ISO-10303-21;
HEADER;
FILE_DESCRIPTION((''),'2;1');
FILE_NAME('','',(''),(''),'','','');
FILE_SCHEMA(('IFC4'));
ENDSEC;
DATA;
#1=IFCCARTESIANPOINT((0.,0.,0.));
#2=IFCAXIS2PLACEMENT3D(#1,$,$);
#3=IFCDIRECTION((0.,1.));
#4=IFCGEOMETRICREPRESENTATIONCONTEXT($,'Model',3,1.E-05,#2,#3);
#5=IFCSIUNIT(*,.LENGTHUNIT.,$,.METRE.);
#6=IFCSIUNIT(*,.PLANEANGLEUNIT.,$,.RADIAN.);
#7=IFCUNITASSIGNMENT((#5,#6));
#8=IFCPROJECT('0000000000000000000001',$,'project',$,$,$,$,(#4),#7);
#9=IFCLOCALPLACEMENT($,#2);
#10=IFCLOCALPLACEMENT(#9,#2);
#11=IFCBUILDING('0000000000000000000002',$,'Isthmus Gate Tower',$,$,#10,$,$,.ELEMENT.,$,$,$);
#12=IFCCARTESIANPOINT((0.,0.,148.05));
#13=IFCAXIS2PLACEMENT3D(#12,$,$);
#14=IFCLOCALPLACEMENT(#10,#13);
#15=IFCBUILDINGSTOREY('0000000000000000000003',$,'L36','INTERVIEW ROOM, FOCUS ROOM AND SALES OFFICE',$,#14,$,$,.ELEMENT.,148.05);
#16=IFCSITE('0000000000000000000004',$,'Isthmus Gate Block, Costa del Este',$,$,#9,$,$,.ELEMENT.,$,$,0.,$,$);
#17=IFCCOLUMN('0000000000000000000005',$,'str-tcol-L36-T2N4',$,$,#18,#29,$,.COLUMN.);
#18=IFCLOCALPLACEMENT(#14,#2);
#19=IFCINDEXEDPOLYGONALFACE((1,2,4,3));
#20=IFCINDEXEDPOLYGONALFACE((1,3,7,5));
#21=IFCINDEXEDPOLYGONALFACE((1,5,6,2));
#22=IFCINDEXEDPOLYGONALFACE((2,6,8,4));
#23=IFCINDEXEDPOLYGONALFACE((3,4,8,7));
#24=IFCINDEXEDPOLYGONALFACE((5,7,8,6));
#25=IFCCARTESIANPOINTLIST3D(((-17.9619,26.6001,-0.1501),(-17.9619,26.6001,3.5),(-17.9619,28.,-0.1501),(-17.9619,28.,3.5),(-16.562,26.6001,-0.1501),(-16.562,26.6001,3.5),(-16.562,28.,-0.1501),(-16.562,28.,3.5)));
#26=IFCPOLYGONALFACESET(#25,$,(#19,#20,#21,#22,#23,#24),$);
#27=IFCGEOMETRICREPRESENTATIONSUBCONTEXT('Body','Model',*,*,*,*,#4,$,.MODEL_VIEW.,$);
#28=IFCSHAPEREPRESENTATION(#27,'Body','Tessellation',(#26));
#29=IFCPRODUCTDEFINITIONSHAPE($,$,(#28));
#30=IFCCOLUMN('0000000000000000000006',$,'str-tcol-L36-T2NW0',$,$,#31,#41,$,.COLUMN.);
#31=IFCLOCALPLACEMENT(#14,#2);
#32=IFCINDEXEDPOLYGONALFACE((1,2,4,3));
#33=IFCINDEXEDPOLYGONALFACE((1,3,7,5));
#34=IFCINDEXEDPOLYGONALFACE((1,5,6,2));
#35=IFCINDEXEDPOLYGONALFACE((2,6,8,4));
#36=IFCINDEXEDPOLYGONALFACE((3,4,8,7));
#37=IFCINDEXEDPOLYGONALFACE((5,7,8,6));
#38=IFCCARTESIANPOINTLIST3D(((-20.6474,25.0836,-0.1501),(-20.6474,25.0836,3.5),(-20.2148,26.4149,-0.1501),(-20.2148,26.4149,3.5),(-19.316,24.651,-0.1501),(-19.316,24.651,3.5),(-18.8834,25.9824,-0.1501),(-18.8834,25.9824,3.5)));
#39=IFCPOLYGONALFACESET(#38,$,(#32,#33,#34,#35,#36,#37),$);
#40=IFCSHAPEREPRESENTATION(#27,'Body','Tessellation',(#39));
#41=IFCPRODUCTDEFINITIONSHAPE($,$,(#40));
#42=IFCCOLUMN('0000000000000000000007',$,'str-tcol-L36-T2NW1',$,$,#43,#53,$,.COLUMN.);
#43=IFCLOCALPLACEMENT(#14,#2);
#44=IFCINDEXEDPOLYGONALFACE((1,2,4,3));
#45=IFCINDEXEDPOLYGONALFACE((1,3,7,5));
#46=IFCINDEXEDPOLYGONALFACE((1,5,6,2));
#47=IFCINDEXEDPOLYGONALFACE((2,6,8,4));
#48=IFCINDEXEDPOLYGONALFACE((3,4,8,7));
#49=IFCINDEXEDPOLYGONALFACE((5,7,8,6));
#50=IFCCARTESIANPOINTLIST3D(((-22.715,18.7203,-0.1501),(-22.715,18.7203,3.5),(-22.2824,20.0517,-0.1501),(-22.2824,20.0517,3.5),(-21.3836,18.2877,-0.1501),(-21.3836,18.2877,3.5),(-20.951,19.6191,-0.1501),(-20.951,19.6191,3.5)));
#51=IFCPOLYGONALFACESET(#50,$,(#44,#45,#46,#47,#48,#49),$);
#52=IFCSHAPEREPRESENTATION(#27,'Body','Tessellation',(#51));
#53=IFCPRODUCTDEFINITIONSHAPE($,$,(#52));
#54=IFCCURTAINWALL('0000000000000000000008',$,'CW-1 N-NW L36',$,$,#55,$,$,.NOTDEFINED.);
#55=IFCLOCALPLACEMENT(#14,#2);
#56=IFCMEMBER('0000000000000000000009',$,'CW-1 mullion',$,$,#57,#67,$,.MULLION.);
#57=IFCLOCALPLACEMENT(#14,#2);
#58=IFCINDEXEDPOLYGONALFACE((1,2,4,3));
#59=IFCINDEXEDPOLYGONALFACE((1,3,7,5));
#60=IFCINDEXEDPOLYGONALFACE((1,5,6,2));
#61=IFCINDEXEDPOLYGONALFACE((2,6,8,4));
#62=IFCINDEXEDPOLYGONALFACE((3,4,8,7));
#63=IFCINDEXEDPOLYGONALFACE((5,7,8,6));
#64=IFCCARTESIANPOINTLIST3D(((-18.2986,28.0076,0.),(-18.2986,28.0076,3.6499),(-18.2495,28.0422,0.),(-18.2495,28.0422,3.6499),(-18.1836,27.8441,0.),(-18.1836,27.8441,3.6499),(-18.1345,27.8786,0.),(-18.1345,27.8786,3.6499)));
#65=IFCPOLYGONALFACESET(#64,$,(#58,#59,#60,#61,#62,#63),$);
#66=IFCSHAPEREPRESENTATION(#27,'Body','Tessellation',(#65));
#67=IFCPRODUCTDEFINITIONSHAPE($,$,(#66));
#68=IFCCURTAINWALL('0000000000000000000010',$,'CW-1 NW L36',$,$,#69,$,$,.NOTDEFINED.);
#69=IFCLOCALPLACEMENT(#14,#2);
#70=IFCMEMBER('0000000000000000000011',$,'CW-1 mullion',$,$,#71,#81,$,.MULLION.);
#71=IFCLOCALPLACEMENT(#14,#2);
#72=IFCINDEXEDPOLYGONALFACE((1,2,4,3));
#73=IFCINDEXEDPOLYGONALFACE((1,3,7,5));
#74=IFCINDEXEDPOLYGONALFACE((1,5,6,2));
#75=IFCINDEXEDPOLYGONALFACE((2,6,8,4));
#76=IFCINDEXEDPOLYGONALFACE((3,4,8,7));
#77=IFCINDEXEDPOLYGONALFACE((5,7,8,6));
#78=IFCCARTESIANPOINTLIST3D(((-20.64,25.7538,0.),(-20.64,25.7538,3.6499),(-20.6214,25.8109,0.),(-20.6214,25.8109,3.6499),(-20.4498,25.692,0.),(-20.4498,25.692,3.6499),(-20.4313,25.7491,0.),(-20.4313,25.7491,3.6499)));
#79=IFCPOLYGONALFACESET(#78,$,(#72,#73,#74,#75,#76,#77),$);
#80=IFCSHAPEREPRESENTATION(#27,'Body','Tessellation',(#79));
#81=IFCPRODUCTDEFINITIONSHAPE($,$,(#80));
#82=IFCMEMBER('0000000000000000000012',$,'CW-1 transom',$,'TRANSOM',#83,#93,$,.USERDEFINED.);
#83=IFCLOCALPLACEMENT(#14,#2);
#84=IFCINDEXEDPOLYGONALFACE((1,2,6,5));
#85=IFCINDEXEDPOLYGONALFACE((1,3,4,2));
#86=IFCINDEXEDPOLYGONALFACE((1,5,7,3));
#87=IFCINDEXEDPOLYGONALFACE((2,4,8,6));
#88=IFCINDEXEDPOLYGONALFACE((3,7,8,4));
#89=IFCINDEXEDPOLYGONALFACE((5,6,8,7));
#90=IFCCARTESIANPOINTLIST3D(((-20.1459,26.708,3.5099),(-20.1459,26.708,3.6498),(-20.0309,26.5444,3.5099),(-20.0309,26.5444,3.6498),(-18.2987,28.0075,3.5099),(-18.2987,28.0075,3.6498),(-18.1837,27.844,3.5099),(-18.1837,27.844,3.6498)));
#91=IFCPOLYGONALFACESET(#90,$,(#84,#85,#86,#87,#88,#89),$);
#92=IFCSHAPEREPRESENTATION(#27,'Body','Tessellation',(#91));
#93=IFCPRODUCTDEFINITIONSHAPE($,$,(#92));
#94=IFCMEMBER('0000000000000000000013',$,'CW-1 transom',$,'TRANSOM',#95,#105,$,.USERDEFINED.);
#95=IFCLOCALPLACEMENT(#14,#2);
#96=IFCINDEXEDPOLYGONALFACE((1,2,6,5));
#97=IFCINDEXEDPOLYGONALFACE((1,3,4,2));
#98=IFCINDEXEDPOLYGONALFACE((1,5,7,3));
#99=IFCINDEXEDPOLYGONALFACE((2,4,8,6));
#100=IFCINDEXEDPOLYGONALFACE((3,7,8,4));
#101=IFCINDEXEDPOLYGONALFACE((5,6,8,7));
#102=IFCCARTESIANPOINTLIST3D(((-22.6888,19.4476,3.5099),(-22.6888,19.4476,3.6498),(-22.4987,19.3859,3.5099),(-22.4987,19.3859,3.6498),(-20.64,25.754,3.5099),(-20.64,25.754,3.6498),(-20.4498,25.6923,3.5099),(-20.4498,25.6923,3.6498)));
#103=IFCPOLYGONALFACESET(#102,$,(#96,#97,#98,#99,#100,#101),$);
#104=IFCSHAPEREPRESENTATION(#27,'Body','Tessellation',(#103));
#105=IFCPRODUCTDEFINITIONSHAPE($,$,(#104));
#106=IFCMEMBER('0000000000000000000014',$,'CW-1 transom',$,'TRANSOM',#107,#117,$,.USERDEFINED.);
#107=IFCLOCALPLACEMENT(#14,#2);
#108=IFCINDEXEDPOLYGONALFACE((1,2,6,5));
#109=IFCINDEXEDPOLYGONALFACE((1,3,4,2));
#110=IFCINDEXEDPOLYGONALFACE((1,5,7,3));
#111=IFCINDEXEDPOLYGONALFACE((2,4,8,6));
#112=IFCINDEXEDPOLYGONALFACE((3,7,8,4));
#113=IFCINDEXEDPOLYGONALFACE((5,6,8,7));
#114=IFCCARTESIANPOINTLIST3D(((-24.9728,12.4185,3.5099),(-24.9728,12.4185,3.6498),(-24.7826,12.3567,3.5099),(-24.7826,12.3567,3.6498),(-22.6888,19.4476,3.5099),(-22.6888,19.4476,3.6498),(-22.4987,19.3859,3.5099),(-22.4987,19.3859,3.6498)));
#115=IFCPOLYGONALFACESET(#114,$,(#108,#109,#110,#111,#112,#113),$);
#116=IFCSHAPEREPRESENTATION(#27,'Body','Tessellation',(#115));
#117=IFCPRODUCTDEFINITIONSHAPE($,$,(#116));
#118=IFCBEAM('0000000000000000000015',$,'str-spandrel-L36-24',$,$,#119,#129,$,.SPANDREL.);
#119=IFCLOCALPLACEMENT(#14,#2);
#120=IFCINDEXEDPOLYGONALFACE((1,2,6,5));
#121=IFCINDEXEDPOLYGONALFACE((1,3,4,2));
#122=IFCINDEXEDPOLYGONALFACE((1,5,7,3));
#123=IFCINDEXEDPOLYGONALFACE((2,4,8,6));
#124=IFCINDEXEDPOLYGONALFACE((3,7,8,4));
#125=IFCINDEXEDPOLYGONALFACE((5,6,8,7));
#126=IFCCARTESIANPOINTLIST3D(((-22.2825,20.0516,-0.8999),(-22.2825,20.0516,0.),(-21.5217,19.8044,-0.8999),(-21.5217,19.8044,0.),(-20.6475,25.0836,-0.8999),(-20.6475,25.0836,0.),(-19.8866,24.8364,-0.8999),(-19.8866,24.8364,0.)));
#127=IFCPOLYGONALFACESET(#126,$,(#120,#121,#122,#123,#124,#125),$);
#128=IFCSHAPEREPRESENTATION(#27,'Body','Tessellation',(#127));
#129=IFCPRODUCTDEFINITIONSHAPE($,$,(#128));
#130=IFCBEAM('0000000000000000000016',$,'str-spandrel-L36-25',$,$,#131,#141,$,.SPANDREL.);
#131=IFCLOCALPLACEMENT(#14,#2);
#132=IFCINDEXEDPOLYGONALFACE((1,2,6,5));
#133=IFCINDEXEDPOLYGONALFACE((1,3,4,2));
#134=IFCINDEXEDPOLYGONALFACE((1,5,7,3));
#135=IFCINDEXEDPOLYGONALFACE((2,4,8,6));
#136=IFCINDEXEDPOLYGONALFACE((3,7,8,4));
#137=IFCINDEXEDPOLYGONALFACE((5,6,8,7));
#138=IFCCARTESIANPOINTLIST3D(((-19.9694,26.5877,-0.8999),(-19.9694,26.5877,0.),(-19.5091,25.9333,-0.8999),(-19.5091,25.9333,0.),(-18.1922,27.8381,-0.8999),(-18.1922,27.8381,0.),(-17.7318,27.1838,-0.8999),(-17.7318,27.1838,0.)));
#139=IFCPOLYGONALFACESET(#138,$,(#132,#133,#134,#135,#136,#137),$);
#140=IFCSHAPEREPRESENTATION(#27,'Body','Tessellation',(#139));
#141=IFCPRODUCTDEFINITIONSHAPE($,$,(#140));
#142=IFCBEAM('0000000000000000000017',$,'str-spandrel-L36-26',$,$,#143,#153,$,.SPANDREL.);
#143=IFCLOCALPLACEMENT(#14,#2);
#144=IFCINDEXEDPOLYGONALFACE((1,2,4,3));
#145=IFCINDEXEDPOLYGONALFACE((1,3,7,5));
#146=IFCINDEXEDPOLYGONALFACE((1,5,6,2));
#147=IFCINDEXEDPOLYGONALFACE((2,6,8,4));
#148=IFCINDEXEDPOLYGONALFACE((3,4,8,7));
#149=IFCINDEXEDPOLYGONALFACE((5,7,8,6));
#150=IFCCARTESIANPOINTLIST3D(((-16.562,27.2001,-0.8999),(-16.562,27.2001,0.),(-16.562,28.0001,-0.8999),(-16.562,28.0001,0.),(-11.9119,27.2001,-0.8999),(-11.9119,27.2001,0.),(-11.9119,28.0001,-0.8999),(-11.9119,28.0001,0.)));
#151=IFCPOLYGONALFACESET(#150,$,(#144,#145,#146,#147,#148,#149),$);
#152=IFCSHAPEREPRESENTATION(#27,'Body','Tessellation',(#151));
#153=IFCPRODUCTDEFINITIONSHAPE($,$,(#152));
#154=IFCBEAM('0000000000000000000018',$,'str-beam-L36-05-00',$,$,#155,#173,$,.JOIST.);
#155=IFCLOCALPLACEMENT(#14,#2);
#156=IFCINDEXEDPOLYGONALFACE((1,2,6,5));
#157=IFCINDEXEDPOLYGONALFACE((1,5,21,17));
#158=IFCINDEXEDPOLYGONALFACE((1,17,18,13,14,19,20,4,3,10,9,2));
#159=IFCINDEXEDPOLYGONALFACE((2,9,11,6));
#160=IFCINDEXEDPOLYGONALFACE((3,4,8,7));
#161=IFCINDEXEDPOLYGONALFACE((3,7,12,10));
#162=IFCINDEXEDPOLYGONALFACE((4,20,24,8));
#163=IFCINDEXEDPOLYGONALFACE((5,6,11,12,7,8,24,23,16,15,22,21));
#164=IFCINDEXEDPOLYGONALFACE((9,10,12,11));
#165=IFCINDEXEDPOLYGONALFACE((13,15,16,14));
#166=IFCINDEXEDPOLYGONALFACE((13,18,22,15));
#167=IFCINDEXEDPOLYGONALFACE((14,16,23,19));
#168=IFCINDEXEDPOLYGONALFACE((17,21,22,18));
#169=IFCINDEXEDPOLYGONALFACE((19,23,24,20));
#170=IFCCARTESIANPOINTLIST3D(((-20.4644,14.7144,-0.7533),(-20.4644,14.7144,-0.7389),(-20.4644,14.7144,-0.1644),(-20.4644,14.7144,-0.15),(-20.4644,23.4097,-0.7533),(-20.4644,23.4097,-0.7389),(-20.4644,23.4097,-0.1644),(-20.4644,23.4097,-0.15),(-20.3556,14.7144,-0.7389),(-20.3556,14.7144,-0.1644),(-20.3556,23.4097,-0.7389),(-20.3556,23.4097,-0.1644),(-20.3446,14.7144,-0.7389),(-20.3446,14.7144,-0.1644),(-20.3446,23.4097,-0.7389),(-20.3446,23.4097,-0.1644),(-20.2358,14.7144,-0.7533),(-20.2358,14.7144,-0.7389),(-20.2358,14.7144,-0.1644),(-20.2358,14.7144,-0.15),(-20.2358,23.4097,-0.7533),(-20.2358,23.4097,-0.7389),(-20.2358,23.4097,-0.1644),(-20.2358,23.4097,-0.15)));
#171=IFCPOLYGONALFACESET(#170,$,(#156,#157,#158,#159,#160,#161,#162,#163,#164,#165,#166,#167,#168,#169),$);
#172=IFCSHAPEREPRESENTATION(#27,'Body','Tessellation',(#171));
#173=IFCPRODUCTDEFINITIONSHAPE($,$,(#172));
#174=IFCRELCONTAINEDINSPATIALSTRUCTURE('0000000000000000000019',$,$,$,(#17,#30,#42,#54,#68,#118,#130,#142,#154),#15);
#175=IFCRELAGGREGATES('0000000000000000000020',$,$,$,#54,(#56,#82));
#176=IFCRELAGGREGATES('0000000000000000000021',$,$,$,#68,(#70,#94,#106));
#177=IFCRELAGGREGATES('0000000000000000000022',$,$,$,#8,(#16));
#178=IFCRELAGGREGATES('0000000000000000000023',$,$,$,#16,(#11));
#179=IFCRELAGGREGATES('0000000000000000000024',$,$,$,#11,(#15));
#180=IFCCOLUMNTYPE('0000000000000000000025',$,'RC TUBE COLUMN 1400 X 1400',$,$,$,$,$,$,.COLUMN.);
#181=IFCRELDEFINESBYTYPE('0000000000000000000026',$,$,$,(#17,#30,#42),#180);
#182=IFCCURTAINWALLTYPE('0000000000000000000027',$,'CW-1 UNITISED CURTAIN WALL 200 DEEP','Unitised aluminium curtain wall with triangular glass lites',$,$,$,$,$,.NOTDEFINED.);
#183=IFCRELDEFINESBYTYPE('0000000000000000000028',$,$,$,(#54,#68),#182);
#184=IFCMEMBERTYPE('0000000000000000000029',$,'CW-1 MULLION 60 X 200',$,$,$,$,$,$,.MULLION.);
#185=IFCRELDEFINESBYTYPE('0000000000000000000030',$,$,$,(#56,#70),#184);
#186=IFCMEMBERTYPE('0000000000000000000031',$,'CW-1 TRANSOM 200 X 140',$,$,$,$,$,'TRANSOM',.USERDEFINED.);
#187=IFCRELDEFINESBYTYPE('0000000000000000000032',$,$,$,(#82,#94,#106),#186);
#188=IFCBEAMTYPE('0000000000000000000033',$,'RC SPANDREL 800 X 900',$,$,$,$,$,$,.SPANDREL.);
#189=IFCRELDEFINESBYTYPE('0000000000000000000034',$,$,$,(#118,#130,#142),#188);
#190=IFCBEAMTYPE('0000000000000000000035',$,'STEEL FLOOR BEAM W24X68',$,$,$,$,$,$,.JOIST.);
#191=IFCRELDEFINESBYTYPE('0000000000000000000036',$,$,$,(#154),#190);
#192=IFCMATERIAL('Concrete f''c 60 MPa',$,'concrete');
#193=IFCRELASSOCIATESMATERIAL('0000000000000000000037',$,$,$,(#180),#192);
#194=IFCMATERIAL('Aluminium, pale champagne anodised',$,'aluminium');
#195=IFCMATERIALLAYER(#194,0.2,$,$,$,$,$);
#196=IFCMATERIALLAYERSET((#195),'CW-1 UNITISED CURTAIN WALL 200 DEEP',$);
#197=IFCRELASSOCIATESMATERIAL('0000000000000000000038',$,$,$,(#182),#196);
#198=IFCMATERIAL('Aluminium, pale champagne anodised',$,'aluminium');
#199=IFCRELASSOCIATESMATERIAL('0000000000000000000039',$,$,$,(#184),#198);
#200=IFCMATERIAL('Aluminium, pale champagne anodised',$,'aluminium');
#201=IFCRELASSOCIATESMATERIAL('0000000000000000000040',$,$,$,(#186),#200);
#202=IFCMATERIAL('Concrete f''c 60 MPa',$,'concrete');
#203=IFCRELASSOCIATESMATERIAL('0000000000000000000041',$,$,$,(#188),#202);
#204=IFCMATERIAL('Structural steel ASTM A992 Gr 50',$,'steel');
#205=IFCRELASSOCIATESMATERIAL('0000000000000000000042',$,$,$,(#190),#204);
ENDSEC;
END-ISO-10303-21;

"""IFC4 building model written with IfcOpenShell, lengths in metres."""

from ifc_helpers import new_model, si_unit, direction, frame, origin, origin_2d, place, context, subcontext, project, spatial, rectangle, i_section, extrude, material, layer, layer_set, material_profile, profile_set, type_object, element, aggregate, save


model = new_model("IFC4")

# Units and contexts
model_context = context("Model", 3, precision=1e-05, world=origin(), true_north=direction((0.0, 1.0)))
body_context = subcontext(model_context, "Body", "Model", "MODEL_VIEW")
ifc_project = project(units=[si_unit("LENGTHUNIT", "METRE"), si_unit("PLANEANGLEUNIT", "RADIAN")], contexts=[model_context])

# Site, building, storey
site_placement = place(None, origin())
site = spatial("IfcSite", under=ifc_project, at=site_placement, Name="Isthmus Gate Block, Costa del Este", CompositionType="ELEMENT", RefElevation=0.0)
building_placement = place(site_placement, origin())
building = spatial("IfcBuilding", under=site, at=building_placement, Name="Isthmus Gate Tower", CompositionType="ELEMENT")
storey_placement = place(building_placement, frame((0.0, 0.0, 148.05)))
storey = spatial("IfcBuildingStorey", under=building, at=storey_placement, Name="L36", Description="INTERVIEW ROOM, FOCUS ROOM AND SALES OFFICE", CompositionType="ELEMENT", Elevation=148.05)

# Columns
ifc_material_1 = material(Name="Concrete f'c 60 MPa", Category="concrete")
ifc_material_profile_1 = material_profile(ifc_material_1, rectangle(XDim=1.3999, YDim=1.3999, at=origin_2d()), Name="RC 1400X1400")
ifc_profile_set_1 = profile_set([ifc_material_profile_1], Name="Concrete f'c 60 MPa")
column_type = type_object("IfcColumnType", Name="RC TUBE COLUMN 1400 X 1400", PredefinedType="COLUMN", material=ifc_profile_set_1)
for number, where, z_axis, x_axis, name in (
    (1, (-17.262, 27.3, -0.1501), (0.0, 0.0, 1.0), (-1.0, 0.0, 0.0), "str-tcol-L36-T2N4"),
    (2, (-19.7654, 25.533, -0.1501), (0.0, 0.0, 1.0), (-0.309017, -0.951057, 0.0), "str-tcol-L36-T2NW0"),
    (3, (-21.833, 19.1697, -0.1501), (0.0, 0.0, 1.0), (-0.309017, -0.951057, 0.0), "str-tcol-L36-T2NW1"),
):
    element("IfcColumn", number, at=place(storey_placement, frame(where, z_axis=z_axis, x_axis=x_axis)), inside=storey, type_object=column_type, Name=name, PredefinedType="COLUMN", context=body_context, shape_type="SweptSolid", body=[
        extrude(rectangle(XDim=1.3999, YDim=1.3999, at=origin_2d()), origin(), (0.0, 0.0, 1.0), 3.6501),
    ])

# Curtain walls, members
ifc_material_2 = material(Name="Aluminium, pale champagne anodised", Category="aluminium")
ifc_layer_1 = layer(ifc_material_2, 0.2)
ifc_layer_set_1 = layer_set([ifc_layer_1], Name="CW-1 UNITISED CURTAIN WALL 200 DEEP")
curtain_wall_type = type_object("IfcCurtainWallType", Name="CW-1 UNITISED CURTAIN WALL 200 DEEP", Description="Unitised aluminium curtain wall with triangular glass lites", PredefinedType="NOTDEFINED", material=ifc_layer_set_1)
curtain_wall_1_placement = place(storey_placement, origin())
curtain_wall_1 = element("IfcCurtainWall", 4, at=curtain_wall_1_placement, inside=storey, type_object=curtain_wall_type, Name="CW-1 N-NW L36", PredefinedType="NOTDEFINED")
ifc_material_3 = material(Name="Aluminium, pale champagne anodised", Category="aluminium")
ifc_material_profile_2 = material_profile(ifc_material_3, rectangle(XDim=0.0601, YDim=0.2, at=origin_2d()), Name="60x200")
ifc_profile_set_2 = profile_set([ifc_material_profile_2], Name="Aluminium, pale champagne anodised")
member_type_1 = type_object("IfcMemberType", Name="CW-1 MULLION 60 X 200", PredefinedType="MULLION", material=ifc_profile_set_2)
member_1_placement = place(storey_placement, frame((-18.2166, 27.9431, 0.0), z_axis=(0.0, 0.0, 1.0), x_axis=(-0.81786, -0.575418, 0.0)))
member_1 = element("IfcMember", 5, at=member_1_placement, type_object=member_type_1, Name="CW-1 mullion", PredefinedType="MULLION", context=body_context, shape_type="SweptSolid", body=[
    extrude(rectangle(XDim=0.0601, YDim=0.2, at=origin_2d()), origin(), (0.0, 0.0, 1.0), 3.6499),
])
curtain_wall_2_placement = place(storey_placement, origin())
curtain_wall_2 = element("IfcCurtainWall", 6, at=curtain_wall_2_placement, inside=storey, type_object=curtain_wall_type, Name="CW-1 NW L36", PredefinedType="NOTDEFINED")
member_2_placement = place(storey_placement, frame((-20.5356, 25.7515, 0.0), z_axis=(0.0, 0.0, 1.0), x_axis=(-0.309017, -0.951057, 0.0)))
member_2 = element("IfcMember", 7, at=member_2_placement, type_object=member_type_1, Name="CW-1 mullion", PredefinedType="MULLION", context=body_context, shape_type="SweptSolid", body=[
    extrude(rectangle(XDim=0.0601, YDim=0.2, at=origin_2d()), origin(), (0.0, 0.0, 1.0), 3.6499),
])

# Members
ifc_material_4 = material(Name="Aluminium, pale champagne anodised", Category="aluminium")
ifc_material_profile_3 = material_profile(ifc_material_4, rectangle(XDim=0.2, YDim=0.1399, at=origin_2d()), Name="200x140")
ifc_profile_set_3 = profile_set([ifc_material_profile_3], Name="Aluminium, pale champagne anodised")
member_type_2 = type_object("IfcMemberType", Name="CW-1 TRANSOM 200 X 140", ElementType="TRANSOM", PredefinedType="USERDEFINED", material=ifc_profile_set_3)
member_3_placement = place(storey_placement, frame((-18.2412, 27.9258, 3.5798), z_axis=(-0.817869, -0.575405, 0.0), x_axis=(0.575405, -0.817869, 0.0)))
member_3 = element("IfcMember", 8, at=member_3_placement, type_object=member_type_2, Name="CW-1 transom", ObjectType="TRANSOM", PredefinedType="USERDEFINED", context=body_context, shape_type="SweptSolid", body=[
    extrude(rectangle(XDim=0.2, YDim=0.1399, at=origin_2d()), origin(), (0.0, 0.0, 1.0), 2.2585),
])
member_4_placement = place(storey_placement, frame((-20.5449, 25.7231, 3.5798), z_axis=(-0.308984, -0.951067, 0.0), x_axis=(0.951067, -0.308984, 0.0)))
member_4 = element("IfcMember", 9, at=member_4_placement, type_object=member_type_2, Name="CW-1 transom", ObjectType="TRANSOM", PredefinedType="USERDEFINED", context=body_context, shape_type="SweptSolid", body=[
    extrude(rectangle(XDim=0.2, YDim=0.1399, at=origin_2d()), origin(), (0.0, 0.0, 1.0), 6.6309),
])
member_5_placement = place(storey_placement, frame((-22.5938, 19.4167, 3.5798), z_axis=(-0.309024, -0.951054, 0.0), x_axis=(0.951054, -0.309024, 0.0)))
member_5 = element("IfcMember", 10, at=member_5_placement, type_object=member_type_2, Name="CW-1 transom", ObjectType="TRANSOM", PredefinedType="USERDEFINED", context=body_context, shape_type="SweptSolid", body=[
    extrude(rectangle(XDim=0.2, YDim=0.1399, at=origin_2d()), origin(), (0.0, 0.0, 1.0), 7.3909),
])

# Beams
ifc_material_5 = material(Name="Concrete f'c 60 MPa", Category="concrete")
ifc_material_profile_4 = material_profile(ifc_material_5, rectangle(XDim=0.8, YDim=0.8999, at=origin_2d()), Name="RC 800X900")
ifc_profile_set_4 = profile_set([ifc_material_profile_4], Name="Concrete f'c 60 MPa")
beam_type_1 = type_object("IfcBeamType", Name="RC SPANDREL 800 X 900", PredefinedType="SPANDREL", material=ifc_profile_set_4)
beam_1_placement = place(storey_placement, frame((-21.9021, 19.928, -0.45), z_axis=(0.30902, 0.951055, 0.0), x_axis=(-0.951055, 0.30902, 0.0)))
element("IfcBeam", 11, at=beam_1_placement, inside=storey, type_object=beam_type_1, Name="str-spandrel-L36-24", PredefinedType="SPANDREL", context=body_context, shape_type="SweptSolid", body=[
    extrude(rectangle(XDim=0.8, YDim=0.8999, at=origin_2d()), origin(), (0.0, 0.0, 1.0), 5.291),
])
beam_2_placement = place(storey_placement, frame((-19.7393, 26.2605, -0.45), z_axis=(0.817857, 0.575421, 0.0), x_axis=(-0.575421, 0.817857, 0.0)))
element("IfcBeam", 12, at=beam_2_placement, inside=storey, type_object=beam_type_1, Name="str-spandrel-L36-25", PredefinedType="SPANDREL", context=body_context, shape_type="SweptSolid", body=[
    extrude(rectangle(XDim=0.8, YDim=0.8999, at=origin_2d()), origin(), (0.0, 0.0, 1.0), 2.1731),
])
beam_3_placement = place(storey_placement, frame((-16.562, 27.6001, -0.45), z_axis=(1.0, 0.0, 0.0), x_axis=(0.0, 1.0, 0.0)))
element("IfcBeam", 13, at=beam_3_placement, inside=storey, type_object=beam_type_1, Name="str-spandrel-L36-26", PredefinedType="SPANDREL", context=body_context, shape_type="SweptSolid", body=[
    extrude(rectangle(XDim=0.8, YDim=0.8999, at=origin_2d()), origin(), (0.0, 0.0, 1.0), 4.6501),
])
ifc_material_6 = material(Name="Structural steel ASTM A992 Gr 50", Category="steel")
ifc_material_profile_5 = material_profile(ifc_material_6, i_section(OverallWidth=0.2285, OverallDepth=0.6033, WebThickness=0.011, FlangeThickness=0.0144, at=origin_2d()), Name="W24X68")
ifc_profile_set_5 = profile_set([ifc_material_profile_5], Name="Structural steel ASTM A992 Gr 50")
beam_type_2 = type_object("IfcBeamType", Name="STEEL FLOOR BEAM W24X68", PredefinedType="JOIST", material=ifc_profile_set_5)
beam_4_placement = place(storey_placement, frame((-20.3501, 14.7144, -0.4517), z_axis=(0.0, 1.0, 0.0), x_axis=(-1.0, 0.0, 0.0)))
element("IfcBeam", 14, at=beam_4_placement, inside=storey, type_object=beam_type_2, Name="str-beam-L36-05-00", PredefinedType="JOIST", context=body_context, shape_type="SweptSolid", body=[
    extrude(i_section(OverallWidth=0.2285, OverallDepth=0.6033, WebThickness=0.011, FlangeThickness=0.0144, at=origin_2d()), origin(), (0.0, 0.0, 1.0), 8.6953),
])

aggregate(curtain_wall_1, [member_1, member_3])

aggregate(curtain_wall_2, [member_2, member_4, member_5])

save(model, "model.ifc")
